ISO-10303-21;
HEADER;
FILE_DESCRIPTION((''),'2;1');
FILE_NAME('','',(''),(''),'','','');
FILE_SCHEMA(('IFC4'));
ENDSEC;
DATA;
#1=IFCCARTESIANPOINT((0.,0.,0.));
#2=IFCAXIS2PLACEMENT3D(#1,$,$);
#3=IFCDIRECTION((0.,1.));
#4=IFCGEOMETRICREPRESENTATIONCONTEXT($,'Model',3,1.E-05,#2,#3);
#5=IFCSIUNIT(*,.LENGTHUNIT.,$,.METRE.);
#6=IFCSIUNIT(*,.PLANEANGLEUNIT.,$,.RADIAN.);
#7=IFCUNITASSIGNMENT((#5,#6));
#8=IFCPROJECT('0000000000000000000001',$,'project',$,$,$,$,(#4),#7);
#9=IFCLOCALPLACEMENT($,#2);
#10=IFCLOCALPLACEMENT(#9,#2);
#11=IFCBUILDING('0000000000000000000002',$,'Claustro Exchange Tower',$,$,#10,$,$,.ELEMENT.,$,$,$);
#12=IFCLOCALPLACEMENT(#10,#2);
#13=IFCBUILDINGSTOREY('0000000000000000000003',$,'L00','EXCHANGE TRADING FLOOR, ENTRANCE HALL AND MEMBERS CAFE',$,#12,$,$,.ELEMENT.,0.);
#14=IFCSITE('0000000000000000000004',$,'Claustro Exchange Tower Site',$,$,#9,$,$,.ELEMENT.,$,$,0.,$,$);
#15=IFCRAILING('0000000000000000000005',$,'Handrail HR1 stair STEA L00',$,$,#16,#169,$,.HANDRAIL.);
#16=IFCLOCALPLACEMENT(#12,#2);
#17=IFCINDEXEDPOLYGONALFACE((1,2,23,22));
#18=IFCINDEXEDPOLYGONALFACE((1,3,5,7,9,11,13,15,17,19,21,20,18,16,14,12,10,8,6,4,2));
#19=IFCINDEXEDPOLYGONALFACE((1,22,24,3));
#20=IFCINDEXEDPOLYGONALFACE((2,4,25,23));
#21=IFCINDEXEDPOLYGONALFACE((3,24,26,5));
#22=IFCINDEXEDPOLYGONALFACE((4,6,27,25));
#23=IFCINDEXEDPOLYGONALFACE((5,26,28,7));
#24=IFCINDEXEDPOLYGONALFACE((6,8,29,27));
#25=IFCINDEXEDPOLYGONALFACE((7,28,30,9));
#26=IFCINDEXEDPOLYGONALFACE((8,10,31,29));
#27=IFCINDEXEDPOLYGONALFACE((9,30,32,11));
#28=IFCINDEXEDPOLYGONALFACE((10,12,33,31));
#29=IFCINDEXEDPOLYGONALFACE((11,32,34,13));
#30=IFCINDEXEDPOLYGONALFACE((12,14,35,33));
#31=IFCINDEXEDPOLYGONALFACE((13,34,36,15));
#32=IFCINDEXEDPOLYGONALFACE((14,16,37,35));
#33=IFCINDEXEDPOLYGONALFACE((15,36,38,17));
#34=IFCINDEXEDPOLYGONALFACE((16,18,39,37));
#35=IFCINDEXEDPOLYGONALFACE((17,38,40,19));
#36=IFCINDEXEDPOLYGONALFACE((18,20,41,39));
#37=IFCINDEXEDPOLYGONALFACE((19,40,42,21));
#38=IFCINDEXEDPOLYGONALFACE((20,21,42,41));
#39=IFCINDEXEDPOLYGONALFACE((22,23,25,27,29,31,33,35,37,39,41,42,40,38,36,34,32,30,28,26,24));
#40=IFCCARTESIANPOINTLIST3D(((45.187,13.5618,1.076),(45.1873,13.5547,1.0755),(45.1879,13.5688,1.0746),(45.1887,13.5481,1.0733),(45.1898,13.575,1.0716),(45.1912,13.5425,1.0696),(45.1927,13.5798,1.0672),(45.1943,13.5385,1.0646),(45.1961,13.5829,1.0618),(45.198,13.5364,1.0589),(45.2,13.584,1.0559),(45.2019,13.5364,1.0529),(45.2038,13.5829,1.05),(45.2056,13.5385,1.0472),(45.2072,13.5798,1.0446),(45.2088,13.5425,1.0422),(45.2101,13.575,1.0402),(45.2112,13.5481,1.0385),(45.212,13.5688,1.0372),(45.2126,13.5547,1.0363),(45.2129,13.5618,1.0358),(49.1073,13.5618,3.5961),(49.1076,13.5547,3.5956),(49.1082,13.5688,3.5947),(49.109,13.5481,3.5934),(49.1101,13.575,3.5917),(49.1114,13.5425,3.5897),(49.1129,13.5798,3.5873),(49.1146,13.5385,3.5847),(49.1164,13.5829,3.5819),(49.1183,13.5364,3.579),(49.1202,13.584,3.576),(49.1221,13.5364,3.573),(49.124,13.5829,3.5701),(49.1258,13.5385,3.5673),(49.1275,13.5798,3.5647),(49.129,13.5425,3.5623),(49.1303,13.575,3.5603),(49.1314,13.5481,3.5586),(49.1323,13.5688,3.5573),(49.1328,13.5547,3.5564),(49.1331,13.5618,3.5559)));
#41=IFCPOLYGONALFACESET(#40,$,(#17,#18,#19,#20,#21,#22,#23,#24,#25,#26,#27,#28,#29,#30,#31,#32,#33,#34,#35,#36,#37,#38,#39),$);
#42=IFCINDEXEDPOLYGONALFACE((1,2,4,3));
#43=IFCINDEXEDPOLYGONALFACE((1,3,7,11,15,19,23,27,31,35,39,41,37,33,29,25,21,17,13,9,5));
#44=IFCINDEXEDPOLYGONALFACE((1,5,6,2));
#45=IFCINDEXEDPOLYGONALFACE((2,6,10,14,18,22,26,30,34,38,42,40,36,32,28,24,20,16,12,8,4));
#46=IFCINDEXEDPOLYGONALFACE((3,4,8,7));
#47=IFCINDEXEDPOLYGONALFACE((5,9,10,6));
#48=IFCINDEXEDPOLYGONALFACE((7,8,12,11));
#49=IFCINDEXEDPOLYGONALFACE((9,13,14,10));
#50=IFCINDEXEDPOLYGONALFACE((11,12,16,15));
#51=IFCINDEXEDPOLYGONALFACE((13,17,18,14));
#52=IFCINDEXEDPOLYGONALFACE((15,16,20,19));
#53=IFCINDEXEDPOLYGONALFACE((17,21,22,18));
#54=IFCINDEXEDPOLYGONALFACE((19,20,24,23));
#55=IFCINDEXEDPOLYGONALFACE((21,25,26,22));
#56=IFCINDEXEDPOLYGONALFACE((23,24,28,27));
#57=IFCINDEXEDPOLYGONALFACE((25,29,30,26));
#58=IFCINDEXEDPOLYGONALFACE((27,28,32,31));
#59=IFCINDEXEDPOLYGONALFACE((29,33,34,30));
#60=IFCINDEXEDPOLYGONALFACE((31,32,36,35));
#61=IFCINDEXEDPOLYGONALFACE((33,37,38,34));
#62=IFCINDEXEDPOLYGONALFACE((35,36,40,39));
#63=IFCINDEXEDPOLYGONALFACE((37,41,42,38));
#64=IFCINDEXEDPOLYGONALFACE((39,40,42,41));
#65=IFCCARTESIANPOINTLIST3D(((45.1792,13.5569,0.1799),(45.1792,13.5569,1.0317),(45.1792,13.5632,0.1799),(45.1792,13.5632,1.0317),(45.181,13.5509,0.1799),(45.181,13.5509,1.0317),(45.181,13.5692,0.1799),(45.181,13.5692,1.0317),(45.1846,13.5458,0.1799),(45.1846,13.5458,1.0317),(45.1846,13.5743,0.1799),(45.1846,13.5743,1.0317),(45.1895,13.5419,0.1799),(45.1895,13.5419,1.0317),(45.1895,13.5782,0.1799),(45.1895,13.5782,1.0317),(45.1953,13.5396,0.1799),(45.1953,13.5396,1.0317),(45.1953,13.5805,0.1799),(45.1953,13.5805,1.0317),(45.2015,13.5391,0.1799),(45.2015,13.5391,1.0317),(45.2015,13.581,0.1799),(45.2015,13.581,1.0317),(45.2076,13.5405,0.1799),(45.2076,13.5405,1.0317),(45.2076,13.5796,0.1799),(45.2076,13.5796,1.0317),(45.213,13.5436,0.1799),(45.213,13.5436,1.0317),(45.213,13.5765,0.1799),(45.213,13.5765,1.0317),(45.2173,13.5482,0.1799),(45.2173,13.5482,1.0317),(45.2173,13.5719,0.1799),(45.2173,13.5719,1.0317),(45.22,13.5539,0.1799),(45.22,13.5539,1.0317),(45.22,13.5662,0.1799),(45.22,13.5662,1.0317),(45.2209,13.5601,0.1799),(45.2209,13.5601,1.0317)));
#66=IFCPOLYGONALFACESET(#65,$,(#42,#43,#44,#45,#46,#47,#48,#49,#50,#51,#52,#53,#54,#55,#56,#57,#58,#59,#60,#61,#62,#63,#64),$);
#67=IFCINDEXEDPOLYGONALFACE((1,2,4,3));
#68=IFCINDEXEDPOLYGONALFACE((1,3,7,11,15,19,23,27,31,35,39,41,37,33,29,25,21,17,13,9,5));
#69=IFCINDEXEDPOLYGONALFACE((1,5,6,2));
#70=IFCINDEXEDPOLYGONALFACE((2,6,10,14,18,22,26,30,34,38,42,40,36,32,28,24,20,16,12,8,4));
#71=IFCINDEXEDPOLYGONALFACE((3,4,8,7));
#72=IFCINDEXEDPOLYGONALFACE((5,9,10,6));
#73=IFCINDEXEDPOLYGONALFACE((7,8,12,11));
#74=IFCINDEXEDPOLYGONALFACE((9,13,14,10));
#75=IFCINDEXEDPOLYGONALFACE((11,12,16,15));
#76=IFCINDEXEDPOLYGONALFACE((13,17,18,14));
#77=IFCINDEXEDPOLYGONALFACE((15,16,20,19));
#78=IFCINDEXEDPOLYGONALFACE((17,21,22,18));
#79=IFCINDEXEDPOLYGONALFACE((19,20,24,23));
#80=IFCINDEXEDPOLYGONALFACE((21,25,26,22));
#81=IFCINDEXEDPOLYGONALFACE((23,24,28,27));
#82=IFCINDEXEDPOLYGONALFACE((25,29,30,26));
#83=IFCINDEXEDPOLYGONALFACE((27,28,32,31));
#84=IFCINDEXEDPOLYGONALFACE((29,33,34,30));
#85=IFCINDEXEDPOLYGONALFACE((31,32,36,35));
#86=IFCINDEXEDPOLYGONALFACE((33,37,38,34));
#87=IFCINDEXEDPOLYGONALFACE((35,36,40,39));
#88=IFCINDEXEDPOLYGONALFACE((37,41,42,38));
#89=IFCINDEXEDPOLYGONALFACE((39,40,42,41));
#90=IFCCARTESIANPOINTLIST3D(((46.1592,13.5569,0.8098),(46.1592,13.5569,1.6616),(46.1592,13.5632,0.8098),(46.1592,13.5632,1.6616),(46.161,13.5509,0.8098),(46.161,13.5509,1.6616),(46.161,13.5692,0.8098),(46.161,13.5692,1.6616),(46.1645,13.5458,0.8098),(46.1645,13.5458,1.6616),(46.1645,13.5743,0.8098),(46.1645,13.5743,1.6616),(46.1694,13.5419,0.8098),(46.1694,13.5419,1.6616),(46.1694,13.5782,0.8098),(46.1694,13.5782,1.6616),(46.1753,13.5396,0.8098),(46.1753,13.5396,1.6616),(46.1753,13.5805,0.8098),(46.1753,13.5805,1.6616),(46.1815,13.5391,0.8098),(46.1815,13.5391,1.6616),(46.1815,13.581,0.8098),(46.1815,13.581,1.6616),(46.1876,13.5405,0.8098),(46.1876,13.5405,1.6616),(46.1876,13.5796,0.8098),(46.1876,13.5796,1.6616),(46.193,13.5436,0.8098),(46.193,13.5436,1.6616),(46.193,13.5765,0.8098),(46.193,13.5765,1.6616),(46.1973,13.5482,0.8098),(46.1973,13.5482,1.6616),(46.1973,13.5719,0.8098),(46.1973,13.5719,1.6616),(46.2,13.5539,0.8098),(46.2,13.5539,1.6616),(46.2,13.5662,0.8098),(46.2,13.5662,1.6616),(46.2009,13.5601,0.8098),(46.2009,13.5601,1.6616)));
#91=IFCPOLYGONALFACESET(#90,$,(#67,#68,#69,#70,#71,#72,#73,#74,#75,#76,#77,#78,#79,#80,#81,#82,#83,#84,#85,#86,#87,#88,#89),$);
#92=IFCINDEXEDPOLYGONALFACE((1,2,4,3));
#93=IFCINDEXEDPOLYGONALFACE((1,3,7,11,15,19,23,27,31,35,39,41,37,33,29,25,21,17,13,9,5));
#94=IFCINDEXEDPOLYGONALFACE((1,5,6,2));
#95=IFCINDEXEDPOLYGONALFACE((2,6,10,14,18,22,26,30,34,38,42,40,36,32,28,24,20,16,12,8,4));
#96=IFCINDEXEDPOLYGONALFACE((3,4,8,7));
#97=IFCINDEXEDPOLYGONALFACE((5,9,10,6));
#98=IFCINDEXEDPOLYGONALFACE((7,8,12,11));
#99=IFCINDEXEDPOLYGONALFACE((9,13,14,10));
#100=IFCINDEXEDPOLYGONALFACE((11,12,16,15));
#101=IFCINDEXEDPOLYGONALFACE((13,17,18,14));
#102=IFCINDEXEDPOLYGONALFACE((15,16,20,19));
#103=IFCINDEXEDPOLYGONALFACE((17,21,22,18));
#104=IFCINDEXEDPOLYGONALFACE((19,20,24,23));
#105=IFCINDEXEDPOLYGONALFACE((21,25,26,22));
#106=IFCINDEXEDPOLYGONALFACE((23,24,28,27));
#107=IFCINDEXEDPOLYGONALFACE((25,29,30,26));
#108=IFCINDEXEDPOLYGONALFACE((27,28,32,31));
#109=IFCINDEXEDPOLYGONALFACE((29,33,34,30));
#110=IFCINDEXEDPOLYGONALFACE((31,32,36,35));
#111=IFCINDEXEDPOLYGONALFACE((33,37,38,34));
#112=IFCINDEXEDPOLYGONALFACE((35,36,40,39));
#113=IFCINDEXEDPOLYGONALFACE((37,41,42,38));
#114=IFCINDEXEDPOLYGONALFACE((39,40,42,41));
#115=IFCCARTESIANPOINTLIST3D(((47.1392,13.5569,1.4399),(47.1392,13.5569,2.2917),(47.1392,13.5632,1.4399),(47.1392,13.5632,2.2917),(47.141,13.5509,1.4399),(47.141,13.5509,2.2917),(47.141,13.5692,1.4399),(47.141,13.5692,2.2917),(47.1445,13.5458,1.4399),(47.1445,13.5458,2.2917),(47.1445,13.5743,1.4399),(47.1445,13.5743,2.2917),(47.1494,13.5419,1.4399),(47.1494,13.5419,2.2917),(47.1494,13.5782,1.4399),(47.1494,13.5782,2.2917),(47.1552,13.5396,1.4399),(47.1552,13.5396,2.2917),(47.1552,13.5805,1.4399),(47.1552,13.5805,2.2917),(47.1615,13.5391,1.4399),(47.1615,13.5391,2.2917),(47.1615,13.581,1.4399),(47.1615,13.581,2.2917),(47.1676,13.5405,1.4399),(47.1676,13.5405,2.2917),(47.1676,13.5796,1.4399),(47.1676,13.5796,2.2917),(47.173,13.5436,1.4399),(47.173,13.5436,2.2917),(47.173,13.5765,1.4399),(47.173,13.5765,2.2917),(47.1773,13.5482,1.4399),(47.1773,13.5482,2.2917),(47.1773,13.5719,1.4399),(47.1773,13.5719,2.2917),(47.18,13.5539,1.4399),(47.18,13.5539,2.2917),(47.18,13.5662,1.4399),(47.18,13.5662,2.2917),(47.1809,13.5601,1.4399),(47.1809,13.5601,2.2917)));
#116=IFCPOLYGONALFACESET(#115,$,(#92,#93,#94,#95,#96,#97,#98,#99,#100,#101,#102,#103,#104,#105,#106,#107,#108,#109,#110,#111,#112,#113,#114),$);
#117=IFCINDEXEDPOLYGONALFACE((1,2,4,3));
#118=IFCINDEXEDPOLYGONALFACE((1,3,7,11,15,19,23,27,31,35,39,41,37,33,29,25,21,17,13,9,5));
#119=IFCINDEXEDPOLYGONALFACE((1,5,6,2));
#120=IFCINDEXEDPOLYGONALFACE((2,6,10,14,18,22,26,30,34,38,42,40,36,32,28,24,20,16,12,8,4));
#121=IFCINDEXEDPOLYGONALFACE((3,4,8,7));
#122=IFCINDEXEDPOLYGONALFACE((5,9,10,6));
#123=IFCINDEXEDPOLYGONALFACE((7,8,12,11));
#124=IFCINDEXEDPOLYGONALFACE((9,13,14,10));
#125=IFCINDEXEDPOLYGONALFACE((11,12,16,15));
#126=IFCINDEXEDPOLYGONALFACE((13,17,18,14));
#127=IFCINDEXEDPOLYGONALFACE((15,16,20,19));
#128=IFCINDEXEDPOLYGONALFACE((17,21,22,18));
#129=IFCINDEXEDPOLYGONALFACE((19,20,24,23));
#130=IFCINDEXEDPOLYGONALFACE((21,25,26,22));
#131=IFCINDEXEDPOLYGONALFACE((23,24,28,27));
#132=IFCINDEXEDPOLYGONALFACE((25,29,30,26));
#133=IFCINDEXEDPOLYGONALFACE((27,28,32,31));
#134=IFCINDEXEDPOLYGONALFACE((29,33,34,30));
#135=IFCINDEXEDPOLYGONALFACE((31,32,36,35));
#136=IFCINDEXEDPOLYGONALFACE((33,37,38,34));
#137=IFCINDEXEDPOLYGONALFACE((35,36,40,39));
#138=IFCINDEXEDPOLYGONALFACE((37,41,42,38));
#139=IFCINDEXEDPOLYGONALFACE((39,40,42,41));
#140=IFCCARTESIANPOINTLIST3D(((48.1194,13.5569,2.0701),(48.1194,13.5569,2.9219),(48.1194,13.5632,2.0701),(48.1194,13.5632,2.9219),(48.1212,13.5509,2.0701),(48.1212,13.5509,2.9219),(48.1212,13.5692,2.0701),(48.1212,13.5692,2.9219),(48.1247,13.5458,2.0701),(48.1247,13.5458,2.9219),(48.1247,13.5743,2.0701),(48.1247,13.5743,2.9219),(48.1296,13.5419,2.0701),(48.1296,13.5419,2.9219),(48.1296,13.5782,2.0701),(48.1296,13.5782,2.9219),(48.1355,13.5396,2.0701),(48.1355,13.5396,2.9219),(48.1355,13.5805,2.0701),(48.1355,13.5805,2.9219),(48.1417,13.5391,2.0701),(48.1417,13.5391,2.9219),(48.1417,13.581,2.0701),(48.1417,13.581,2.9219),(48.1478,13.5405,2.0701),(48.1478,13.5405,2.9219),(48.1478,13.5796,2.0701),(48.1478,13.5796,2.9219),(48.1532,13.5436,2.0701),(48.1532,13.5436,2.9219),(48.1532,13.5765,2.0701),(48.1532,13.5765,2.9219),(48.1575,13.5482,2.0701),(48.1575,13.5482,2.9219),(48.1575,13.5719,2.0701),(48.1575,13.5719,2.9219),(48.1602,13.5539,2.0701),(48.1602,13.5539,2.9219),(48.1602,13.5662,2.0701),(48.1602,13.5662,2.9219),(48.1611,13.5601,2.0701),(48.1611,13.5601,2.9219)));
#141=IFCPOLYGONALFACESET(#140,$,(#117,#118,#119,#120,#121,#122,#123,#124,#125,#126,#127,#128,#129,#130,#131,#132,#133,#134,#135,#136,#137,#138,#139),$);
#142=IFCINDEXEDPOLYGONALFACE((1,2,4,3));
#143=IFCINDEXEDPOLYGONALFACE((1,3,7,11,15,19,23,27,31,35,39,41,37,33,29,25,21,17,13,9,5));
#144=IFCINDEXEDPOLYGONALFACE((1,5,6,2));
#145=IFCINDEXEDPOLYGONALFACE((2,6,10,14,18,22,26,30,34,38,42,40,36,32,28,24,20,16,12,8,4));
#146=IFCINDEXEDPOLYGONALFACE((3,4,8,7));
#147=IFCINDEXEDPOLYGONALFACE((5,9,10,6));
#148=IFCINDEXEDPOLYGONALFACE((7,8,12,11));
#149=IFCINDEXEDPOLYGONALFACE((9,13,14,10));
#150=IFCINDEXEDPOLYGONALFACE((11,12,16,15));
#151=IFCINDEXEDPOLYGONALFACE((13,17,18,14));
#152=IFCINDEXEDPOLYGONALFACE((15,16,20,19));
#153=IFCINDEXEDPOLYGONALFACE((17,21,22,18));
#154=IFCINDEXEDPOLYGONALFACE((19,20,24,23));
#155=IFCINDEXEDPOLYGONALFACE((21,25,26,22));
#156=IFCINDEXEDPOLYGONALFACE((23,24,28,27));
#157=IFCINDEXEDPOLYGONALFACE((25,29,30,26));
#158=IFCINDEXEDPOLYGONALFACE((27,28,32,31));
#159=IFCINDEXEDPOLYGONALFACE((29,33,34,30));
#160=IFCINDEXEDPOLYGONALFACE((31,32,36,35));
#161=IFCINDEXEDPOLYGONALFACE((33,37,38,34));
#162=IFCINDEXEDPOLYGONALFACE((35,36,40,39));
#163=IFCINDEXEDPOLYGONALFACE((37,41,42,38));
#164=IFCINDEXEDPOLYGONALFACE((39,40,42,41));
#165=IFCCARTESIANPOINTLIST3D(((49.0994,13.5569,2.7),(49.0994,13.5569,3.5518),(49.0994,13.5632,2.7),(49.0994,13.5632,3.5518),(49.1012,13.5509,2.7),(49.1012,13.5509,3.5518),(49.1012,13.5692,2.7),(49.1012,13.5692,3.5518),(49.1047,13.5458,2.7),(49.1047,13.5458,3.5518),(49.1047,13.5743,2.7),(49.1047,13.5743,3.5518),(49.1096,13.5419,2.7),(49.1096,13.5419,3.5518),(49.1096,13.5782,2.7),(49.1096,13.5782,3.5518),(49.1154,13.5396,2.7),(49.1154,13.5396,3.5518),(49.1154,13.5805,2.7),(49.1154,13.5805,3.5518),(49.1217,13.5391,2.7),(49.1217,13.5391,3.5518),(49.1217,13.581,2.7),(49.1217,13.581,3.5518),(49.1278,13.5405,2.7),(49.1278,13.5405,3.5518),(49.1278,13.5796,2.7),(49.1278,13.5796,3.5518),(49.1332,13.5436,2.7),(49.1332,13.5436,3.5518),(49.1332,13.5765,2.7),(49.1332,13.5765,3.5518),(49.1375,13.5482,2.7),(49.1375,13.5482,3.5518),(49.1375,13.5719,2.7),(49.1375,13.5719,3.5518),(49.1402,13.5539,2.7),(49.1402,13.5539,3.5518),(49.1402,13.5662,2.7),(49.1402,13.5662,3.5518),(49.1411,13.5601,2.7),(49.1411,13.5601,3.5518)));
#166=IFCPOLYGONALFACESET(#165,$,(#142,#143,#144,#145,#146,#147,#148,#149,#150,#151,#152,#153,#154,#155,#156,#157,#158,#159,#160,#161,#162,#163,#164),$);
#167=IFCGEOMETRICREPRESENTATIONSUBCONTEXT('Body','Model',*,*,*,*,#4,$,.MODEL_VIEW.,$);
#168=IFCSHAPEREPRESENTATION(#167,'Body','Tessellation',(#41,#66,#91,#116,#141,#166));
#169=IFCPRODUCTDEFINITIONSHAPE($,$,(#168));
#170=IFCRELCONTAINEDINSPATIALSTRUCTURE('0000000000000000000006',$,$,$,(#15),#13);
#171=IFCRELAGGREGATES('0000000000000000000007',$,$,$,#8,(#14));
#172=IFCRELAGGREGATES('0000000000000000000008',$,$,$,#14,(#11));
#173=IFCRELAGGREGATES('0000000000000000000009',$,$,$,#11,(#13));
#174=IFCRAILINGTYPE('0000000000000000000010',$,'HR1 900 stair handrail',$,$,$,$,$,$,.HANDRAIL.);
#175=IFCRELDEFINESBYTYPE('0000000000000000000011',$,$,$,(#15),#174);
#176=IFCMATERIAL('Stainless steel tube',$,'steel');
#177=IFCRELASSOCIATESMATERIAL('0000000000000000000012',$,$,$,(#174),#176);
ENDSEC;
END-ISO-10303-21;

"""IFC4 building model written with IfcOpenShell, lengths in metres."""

from ifc_helpers import new_model, si_unit, direction, frame, origin, origin_2d, place, context, subcontext, project, spatial, circle, extrude, material, type_object, element, save


model = new_model("IFC4")

# Units and contexts
model_context = context("Model", 3, precision=1e-05, world=origin(), true_north=direction((0.0, 1.0)))
body_context = subcontext(model_context, "Body", "Model", "MODEL_VIEW")
ifc_project = project(units=[si_unit("LENGTHUNIT", "METRE"), si_unit("PLANEANGLEUNIT", "RADIAN")], contexts=[model_context])

# Site, building, storey
site_placement = place(None, origin())
site = spatial("IfcSite", under=ifc_project, at=site_placement, Name="Claustro Exchange Tower Site", CompositionType="ELEMENT", RefElevation=0.0)
building_placement = place(site_placement, origin())
building = spatial("IfcBuilding", under=site, at=building_placement, Name="Claustro Exchange Tower", CompositionType="ELEMENT")
storey_placement = place(building_placement, origin())
storey = spatial("IfcBuildingStorey", under=building, at=storey_placement, Name="L00", Description="EXCHANGE TRADING FLOOR, ENTRANCE HALL AND MEMBERS CAFE", CompositionType="ELEMENT", Elevation=0.0)

# Railing
ifc_material_1 = material(Name="Stainless steel tube", Category="steel")
railing_type_1 = type_object("IfcRailingType", Name="HR1 900 stair handrail", PredefinedType="HANDRAIL", material=ifc_material_1)
railing_1_placement = place(storey_placement, frame((45.2, 13.5601, 0.1799)))
element("IfcRailing", 1, at=railing_1_placement, inside=storey, type_object=railing_type_1, Name="Handrail HR1 stair STEA L00", PredefinedType="HANDRAIL", context=body_context, shape_type="SweptSolid", body=[
    extrude(circle(Radius=0.0239, at=origin_2d()), frame((0.0, 0.0, 0.876), z_axis=(0.841187, 0.0, 0.540744), x_axis=(0.0, 1.0, 0.0)), (0.0, 0.0, 1.0), 4.6604),
    extrude(circle(Radius=0.021, at=origin_2d()), origin(), (0.0, 0.0, 1.0), 0.8518),
    extrude(circle(Radius=0.021, at=origin_2d()), frame((0.98, 0.0, 0.6299)), (0.0, 0.0, 1.0), 0.8518),
    extrude(circle(Radius=0.021, at=origin_2d()), frame((1.96, 0.0, 1.26)), (0.0, 0.0, 1.0), 0.8518),
    extrude(circle(Radius=0.021, at=origin_2d()), frame((2.9402, 0.0, 1.8901)), (0.0, 0.0, 1.0), 0.8518),
    extrude(circle(Radius=0.021, at=origin_2d()), frame((3.9202, 0.0, 2.52)), (0.0, 0.0, 1.0), 0.8518),
])

save(model, "model.ifc")
